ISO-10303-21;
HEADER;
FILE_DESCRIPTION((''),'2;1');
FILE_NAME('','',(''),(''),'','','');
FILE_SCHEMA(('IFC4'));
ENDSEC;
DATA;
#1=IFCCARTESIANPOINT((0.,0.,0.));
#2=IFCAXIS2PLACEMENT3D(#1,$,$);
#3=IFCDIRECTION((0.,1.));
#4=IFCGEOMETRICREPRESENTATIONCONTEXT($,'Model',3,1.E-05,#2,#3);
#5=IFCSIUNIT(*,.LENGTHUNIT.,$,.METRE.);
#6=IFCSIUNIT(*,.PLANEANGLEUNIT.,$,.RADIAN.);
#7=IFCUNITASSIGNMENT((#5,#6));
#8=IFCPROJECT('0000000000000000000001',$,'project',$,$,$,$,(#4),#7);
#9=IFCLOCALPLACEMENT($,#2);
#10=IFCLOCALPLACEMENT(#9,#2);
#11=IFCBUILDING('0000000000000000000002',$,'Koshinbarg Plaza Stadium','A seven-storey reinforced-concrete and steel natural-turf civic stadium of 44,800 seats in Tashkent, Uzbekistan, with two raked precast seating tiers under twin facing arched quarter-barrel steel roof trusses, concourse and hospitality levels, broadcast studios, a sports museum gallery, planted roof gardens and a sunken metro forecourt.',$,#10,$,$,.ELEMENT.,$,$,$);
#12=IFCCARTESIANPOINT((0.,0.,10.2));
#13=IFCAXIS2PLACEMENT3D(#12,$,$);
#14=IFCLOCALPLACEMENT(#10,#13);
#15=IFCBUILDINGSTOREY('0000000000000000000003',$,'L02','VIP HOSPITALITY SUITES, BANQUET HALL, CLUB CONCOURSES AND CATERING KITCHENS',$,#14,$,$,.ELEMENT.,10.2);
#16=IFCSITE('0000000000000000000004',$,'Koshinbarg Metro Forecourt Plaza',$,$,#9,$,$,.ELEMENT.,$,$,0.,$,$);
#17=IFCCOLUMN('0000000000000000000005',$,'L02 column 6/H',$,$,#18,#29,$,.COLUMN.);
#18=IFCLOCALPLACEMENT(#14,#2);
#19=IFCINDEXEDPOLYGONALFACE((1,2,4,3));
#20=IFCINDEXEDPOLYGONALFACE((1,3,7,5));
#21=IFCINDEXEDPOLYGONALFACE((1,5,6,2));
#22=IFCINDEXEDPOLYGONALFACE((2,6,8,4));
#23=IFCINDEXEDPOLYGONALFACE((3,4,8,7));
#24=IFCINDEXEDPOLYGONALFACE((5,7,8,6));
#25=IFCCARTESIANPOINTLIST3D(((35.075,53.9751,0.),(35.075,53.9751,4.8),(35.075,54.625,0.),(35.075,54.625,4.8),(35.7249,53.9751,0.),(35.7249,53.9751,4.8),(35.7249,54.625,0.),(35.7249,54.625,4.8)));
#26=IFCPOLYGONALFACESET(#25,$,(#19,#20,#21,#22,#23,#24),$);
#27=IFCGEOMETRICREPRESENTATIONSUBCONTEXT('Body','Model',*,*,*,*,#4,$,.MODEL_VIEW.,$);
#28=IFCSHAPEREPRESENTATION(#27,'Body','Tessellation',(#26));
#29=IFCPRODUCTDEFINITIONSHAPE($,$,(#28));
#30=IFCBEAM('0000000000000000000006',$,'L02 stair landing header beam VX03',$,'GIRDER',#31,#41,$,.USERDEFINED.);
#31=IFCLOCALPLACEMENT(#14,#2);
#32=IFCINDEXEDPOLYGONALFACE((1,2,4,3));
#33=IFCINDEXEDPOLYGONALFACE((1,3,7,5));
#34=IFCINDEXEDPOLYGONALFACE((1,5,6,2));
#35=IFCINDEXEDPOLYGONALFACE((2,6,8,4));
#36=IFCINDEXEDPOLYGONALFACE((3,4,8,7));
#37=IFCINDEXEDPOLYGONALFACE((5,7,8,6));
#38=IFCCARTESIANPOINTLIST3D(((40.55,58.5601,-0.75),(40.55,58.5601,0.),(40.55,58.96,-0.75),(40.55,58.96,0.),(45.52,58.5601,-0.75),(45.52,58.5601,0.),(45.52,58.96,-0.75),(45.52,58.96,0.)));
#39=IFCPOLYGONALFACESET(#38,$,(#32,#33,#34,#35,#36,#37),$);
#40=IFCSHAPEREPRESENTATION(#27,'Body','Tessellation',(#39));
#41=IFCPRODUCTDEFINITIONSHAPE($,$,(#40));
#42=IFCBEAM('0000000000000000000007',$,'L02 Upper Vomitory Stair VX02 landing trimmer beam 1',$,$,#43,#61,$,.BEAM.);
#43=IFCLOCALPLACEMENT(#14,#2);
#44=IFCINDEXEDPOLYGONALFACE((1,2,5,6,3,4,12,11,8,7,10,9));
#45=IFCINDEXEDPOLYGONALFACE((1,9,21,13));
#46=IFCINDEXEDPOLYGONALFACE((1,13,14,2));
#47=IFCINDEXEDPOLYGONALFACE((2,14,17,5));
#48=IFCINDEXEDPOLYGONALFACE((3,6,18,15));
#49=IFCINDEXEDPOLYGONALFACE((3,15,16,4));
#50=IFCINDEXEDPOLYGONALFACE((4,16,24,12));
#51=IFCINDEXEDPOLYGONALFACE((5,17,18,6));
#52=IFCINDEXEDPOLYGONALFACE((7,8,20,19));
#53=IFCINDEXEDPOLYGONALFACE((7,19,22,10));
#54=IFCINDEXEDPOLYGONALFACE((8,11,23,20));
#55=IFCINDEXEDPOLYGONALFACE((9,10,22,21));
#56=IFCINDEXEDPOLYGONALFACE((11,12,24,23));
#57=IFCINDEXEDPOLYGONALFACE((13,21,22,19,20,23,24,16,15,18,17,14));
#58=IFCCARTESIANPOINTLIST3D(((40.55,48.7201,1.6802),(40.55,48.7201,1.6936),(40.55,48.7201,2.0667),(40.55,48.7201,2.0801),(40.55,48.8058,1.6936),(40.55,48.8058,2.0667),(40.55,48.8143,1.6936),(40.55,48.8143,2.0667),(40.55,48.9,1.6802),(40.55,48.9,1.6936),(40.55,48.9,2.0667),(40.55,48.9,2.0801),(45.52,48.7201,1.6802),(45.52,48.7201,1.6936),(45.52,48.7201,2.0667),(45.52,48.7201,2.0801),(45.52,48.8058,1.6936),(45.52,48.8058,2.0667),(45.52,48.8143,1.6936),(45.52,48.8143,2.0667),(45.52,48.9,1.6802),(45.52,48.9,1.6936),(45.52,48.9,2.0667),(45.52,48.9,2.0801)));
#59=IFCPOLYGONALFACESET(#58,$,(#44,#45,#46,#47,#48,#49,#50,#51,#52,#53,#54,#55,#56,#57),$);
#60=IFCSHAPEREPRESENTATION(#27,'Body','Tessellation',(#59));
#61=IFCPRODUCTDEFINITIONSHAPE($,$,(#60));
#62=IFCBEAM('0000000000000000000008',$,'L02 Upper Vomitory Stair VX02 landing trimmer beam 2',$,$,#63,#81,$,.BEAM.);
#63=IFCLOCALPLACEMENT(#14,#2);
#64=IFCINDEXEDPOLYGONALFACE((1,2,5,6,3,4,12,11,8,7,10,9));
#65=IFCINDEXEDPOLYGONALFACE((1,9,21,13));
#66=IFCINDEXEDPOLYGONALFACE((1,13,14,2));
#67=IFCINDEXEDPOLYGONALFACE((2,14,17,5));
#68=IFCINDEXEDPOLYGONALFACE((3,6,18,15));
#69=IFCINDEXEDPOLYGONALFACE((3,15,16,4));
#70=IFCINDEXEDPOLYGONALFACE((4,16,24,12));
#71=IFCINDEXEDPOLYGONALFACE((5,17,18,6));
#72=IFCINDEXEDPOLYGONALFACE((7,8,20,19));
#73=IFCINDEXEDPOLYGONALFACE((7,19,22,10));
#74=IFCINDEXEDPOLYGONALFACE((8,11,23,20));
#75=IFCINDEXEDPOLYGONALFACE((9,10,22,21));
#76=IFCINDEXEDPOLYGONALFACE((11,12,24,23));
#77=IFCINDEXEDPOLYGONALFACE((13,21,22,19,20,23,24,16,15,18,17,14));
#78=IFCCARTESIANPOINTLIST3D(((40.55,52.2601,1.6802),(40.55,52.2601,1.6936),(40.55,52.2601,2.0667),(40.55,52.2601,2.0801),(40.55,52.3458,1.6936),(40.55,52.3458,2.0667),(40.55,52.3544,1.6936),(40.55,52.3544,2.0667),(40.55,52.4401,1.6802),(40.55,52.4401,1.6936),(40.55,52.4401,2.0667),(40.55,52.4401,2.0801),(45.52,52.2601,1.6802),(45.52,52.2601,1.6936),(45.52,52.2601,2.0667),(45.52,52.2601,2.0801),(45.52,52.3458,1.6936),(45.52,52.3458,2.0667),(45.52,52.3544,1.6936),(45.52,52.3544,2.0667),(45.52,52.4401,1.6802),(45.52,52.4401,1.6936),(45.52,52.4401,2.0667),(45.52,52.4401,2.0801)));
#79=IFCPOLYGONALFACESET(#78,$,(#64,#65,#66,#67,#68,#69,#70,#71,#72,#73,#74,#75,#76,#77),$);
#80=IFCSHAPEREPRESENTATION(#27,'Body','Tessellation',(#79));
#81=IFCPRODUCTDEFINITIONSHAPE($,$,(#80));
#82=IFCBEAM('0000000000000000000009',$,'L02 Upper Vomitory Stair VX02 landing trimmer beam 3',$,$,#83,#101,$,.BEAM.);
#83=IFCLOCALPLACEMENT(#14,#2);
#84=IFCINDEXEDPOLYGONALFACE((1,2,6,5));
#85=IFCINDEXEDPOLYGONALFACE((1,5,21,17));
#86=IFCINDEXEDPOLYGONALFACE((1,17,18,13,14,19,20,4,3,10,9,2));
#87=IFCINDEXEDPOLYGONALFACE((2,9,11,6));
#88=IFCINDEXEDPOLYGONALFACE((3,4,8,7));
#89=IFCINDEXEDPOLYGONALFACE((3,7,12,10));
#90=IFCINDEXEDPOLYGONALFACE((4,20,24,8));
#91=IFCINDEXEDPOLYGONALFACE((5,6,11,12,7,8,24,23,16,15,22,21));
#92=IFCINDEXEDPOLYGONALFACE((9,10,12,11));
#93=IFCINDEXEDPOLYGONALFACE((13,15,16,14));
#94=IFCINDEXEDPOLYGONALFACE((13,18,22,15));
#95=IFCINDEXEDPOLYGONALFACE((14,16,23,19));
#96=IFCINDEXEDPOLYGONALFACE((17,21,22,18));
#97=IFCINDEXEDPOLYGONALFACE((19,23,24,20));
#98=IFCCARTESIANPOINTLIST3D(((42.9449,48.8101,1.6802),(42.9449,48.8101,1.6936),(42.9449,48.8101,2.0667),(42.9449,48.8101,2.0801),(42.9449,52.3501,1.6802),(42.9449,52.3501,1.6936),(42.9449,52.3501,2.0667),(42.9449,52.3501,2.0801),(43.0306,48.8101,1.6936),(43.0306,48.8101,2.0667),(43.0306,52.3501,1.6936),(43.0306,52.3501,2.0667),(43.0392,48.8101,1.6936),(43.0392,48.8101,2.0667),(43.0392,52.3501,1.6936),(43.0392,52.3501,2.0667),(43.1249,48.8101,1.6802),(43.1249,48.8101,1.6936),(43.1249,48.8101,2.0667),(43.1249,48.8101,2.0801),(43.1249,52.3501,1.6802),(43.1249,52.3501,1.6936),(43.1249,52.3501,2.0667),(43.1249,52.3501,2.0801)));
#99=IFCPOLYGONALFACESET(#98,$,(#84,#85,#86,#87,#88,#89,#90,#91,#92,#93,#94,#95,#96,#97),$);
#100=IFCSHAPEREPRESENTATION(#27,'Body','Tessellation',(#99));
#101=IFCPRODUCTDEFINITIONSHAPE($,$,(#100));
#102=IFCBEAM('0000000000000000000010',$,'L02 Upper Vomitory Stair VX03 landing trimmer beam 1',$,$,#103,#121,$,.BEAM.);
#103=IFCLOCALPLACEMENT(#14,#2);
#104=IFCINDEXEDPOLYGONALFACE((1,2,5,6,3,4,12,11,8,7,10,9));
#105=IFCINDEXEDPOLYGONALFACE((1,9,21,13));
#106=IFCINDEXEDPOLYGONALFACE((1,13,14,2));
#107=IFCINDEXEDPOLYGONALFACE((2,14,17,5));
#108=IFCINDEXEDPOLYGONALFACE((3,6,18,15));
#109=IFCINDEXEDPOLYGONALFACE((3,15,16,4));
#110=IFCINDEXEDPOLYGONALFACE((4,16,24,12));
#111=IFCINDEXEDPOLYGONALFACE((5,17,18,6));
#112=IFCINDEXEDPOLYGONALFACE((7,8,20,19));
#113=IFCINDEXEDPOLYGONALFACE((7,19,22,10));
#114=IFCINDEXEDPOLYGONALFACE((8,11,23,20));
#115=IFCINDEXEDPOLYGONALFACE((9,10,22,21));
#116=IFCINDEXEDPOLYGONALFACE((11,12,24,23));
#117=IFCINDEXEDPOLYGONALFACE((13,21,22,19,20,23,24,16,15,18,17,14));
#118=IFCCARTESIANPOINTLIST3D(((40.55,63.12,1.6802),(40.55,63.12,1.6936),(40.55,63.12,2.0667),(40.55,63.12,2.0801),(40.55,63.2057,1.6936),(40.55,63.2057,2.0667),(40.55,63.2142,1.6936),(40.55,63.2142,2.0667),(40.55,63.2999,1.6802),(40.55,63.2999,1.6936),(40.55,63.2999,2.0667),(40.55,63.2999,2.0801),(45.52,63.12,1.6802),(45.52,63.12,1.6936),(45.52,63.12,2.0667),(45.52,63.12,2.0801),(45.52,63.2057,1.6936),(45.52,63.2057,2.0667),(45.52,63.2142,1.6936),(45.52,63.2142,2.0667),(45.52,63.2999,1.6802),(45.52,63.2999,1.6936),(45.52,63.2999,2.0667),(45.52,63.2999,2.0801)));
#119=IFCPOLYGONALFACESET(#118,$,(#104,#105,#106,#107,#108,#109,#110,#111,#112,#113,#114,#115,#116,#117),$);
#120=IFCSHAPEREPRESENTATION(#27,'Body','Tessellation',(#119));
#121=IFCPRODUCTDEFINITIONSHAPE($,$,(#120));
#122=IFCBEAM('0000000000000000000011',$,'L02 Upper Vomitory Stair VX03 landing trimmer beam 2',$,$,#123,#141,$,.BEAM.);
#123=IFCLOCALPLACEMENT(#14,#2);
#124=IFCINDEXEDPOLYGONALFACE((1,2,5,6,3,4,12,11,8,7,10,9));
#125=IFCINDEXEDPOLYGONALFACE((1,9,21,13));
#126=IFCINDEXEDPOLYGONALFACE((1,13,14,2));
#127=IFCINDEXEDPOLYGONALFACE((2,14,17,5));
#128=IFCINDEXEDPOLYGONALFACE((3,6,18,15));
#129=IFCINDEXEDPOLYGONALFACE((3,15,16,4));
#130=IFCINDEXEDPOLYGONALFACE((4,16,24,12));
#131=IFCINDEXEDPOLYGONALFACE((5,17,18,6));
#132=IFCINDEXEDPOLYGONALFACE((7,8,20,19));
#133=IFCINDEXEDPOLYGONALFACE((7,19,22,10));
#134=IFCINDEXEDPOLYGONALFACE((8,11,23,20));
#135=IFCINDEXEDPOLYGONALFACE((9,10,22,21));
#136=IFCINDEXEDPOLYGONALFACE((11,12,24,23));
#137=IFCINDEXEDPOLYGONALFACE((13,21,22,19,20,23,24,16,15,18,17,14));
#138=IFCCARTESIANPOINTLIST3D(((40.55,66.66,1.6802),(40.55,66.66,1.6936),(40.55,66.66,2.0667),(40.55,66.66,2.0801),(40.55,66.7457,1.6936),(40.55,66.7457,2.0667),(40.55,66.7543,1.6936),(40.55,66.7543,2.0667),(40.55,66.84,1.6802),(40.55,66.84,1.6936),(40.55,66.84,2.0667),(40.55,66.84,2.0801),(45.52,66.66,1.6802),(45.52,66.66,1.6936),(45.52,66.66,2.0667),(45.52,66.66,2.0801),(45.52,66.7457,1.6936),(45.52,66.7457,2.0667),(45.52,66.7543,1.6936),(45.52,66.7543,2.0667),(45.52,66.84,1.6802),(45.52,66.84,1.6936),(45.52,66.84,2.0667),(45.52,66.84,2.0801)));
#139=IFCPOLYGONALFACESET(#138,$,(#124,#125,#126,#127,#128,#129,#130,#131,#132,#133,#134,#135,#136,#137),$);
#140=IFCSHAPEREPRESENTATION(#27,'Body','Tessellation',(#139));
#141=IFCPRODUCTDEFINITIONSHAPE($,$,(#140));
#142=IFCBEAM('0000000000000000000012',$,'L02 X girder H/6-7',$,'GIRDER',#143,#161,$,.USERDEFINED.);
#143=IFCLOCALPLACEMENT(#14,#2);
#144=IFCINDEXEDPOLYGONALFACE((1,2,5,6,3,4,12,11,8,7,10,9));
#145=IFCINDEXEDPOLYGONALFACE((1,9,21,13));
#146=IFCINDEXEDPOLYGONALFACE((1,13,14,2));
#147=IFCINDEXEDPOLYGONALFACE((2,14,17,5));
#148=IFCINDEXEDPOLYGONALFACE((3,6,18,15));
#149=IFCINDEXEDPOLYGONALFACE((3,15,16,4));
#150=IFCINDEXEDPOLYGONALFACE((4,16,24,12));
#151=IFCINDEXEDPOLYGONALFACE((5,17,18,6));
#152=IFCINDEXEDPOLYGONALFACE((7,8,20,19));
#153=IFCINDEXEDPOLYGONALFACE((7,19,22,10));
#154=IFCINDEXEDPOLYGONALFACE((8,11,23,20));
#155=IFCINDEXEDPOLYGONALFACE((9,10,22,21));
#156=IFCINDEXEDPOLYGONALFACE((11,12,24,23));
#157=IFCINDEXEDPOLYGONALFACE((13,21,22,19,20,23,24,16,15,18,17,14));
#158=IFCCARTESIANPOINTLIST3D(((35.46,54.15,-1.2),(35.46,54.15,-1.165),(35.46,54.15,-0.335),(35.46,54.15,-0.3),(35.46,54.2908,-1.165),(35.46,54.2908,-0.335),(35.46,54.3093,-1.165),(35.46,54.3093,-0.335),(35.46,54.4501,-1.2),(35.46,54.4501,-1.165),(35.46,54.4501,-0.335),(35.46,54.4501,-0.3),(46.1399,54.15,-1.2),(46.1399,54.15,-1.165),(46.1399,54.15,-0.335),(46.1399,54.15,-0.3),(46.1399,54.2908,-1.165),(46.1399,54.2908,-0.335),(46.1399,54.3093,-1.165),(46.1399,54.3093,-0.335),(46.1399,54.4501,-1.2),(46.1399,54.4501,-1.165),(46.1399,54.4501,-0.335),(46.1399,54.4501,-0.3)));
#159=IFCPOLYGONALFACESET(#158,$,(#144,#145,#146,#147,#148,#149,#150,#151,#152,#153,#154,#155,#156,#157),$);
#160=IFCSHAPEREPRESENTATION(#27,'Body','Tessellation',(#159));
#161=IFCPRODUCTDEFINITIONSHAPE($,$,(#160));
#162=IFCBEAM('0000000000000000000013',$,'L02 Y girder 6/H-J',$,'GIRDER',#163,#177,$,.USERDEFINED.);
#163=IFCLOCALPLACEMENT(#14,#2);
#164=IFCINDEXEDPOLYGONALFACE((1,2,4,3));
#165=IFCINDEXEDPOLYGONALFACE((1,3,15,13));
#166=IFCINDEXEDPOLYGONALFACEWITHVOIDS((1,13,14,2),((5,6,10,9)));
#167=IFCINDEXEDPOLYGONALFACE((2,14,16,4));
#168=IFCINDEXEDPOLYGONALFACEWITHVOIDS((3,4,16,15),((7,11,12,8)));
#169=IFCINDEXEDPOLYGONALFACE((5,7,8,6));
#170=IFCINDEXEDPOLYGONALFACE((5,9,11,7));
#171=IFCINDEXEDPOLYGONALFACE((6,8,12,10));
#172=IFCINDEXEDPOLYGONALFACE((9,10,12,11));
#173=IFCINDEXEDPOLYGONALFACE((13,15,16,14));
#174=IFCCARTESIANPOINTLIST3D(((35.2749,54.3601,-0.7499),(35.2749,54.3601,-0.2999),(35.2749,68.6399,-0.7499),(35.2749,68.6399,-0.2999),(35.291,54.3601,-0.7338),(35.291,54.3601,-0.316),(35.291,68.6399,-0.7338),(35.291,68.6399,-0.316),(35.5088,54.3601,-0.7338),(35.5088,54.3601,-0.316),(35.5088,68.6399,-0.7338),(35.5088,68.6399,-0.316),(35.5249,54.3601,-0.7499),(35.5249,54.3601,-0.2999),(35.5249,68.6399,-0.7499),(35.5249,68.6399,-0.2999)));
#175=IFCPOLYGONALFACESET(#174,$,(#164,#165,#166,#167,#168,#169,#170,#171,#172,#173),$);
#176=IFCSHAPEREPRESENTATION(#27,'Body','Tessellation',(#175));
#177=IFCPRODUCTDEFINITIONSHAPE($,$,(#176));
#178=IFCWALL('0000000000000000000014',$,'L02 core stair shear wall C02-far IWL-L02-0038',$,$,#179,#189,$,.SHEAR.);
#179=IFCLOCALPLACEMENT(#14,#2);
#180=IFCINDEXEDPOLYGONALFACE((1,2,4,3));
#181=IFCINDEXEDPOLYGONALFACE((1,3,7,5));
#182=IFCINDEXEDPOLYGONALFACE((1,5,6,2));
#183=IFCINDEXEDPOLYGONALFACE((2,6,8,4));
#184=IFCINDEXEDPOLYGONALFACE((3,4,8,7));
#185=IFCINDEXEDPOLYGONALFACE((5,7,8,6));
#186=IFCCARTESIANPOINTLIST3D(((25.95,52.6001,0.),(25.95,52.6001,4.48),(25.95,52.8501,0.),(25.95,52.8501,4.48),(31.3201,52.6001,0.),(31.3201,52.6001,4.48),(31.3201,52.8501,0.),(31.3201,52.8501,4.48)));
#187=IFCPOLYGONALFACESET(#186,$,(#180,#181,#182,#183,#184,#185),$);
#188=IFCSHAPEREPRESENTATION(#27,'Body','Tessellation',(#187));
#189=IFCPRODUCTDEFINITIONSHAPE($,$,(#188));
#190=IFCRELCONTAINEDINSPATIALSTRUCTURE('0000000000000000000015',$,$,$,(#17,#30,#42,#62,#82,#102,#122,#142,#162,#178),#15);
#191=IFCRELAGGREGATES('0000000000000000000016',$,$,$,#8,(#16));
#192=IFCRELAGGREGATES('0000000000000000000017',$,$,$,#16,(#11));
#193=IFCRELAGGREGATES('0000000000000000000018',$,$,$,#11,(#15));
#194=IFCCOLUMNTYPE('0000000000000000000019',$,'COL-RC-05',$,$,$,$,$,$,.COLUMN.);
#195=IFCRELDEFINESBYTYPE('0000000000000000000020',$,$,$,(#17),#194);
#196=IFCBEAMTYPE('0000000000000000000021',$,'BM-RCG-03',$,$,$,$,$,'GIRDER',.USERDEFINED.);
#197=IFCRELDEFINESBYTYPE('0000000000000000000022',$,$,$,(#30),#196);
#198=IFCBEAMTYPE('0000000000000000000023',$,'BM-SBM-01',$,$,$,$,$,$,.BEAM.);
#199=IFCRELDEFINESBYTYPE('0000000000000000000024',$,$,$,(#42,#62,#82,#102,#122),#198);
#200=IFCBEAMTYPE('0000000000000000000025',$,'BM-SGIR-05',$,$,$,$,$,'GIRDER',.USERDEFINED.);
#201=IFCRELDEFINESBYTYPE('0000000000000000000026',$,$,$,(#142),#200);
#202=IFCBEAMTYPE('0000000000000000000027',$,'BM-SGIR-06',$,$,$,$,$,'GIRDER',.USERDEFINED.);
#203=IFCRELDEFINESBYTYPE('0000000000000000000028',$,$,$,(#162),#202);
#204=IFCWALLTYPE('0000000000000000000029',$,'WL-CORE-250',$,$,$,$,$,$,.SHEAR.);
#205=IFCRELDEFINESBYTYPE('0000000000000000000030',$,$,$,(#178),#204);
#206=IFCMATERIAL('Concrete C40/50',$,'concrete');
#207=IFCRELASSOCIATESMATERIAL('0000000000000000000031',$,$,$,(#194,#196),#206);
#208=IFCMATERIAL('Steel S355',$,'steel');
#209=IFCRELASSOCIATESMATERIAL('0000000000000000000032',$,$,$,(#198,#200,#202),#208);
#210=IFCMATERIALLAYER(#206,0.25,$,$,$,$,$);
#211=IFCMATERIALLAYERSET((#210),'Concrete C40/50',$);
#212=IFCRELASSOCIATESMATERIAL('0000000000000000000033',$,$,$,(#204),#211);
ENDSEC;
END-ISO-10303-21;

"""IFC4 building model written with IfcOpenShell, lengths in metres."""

from ifc_helpers import new_model, si_unit, direction, frame, frame_2d, origin, origin_2d, place, context, subcontext, project, spatial, rectangle, hollow_rectangle, i_section, extrude, material, layer, layer_set, material_profile, profile_set, type_object, element, save


model = new_model("IFC4")

# Units and contexts
model_context = context("Model", 3, precision=1e-05, world=origin(), true_north=direction((0.0, 1.0)))
body_context = subcontext(model_context, "Body", "Model", "MODEL_VIEW")
ifc_project = project(units=[si_unit("LENGTHUNIT", "METRE"), si_unit("PLANEANGLEUNIT", "RADIAN")], contexts=[model_context])

# Site, building, storey
site_placement = place(None, origin())
site = spatial("IfcSite", under=ifc_project, at=site_placement, Name="Koshinbarg Metro Forecourt Plaza", CompositionType="ELEMENT", RefElevation=0.0)
building_placement = place(site_placement, origin())
building = spatial("IfcBuilding", under=site, at=building_placement, Name="Koshinbarg Plaza Stadium", Description="A seven-storey reinforced-concrete and steel natural-turf civic stadium of 44,800 seats in Tashkent, Uzbekistan, with two raked precast seating tiers under twin facing arched quarter-barrel steel roof trusses, concourse and hospitality levels, broadcast studios, a sports museum gallery, planted roof gardens and a sunken metro forecourt.", CompositionType="ELEMENT")
storey_placement = place(building_placement, frame((0.0, 0.0, 10.2)))
storey = spatial("IfcBuildingStorey", under=building, at=storey_placement, Name="L02", Description="VIP HOSPITALITY SUITES, BANQUET HALL, CLUB CONCOURSES AND CATERING KITCHENS", CompositionType="ELEMENT", Elevation=10.2)

# Column
ifc_material_1 = material(Name="Concrete C40/50", Category="concrete")
ifc_material_profile_1 = material_profile(ifc_material_1, rectangle(XDim=0.6499, YDim=0.6499, at=origin_2d()), Name="RC 650x650")
ifc_profile_set_1 = profile_set([ifc_material_profile_1], Name="Concrete C40/50")
column_type = type_object("IfcColumnType", Name="COL-RC-05", PredefinedType="COLUMN", material=ifc_profile_set_1)
column_placement = place(storey_placement, frame((35.3999, 54.3, 0.0), z_axis=(0.0, 0.0, 1.0), x_axis=(1.0, 0.0, 0.0)))
element("IfcColumn", 1, at=column_placement, inside=storey, type_object=column_type, Name="L02 column 6/H", PredefinedType="COLUMN", context=body_context, shape_type="SweptSolid", body=[
    extrude(rectangle(XDim=0.6499, YDim=0.6499, at=origin_2d()), origin(), (0.0, 0.0, 1.0), 4.8),
])

# Beams
ifc_material_profile_2 = material_profile(ifc_material_1, rectangle(XDim=0.3999, YDim=0.75, at=origin_2d()), Name="RC 400x750")
ifc_profile_set_2 = profile_set([ifc_material_profile_2], Name="Concrete C40/50")
beam_type_1 = type_object("IfcBeamType", Name="BM-RCG-03", ElementType="GIRDER", PredefinedType="USERDEFINED", material=ifc_profile_set_2)
beam_1_placement = place(storey_placement, frame((40.55, 58.76, -0.375), z_axis=(1.0, 0.0, 0.0), x_axis=(0.0, 1.0, 0.0)))
element("IfcBeam", 2, at=beam_1_placement, inside=storey, type_object=beam_type_1, Name="L02 stair landing header beam VX03", ObjectType="GIRDER", PredefinedType="USERDEFINED", context=body_context, shape_type="SweptSolid", body=[
    extrude(rectangle(XDim=0.3999, YDim=0.75, at=origin_2d()), origin(), (0.0, 0.0, 1.0), 4.97),
])
ifc_material_2 = material(Name="Steel S355", Category="steel")
ifc_material_profile_3 = material_profile(ifc_material_2, i_section(OverallWidth=0.1799, OverallDepth=0.3999, WebThickness=0.0085, FlangeThickness=0.0134, at=origin_2d()), Name="IPE 400")
ifc_profile_set_3 = profile_set([ifc_material_profile_3], Name="Steel S355")
beam_type_2 = type_object("IfcBeamType", Name="BM-SBM-01", PredefinedType="BEAM", material=ifc_profile_set_3)
for number, where, z_axis, x_axis, name in (
    (3, (40.55, 48.8101, 1.8801), (1.0, 0.0, 0.0), (0.0, 1.0, 0.0), "L02 Upper Vomitory Stair VX02 landing trimmer beam 1"),
    (4, (40.55, 52.3501, 1.8801), (1.0, 0.0, 0.0), (0.0, 1.0, 0.0), "L02 Upper Vomitory Stair VX02 landing trimmer beam 2"),
):
    element("IfcBeam", number, at=place(storey_placement, frame(where, z_axis=z_axis, x_axis=x_axis)), inside=storey, type_object=beam_type_2, Name=name, PredefinedType="BEAM", context=body_context, shape_type="SweptSolid", body=[
        extrude(i_section(OverallWidth=0.1799, OverallDepth=0.3999, WebThickness=0.0085, FlangeThickness=0.0134, at=origin_2d()), origin(), (0.0, 0.0, 1.0), 4.97),
    ])
beam_2_placement = place(storey_placement, frame((43.0349, 48.8101, 1.8801), z_axis=(0.0, 1.0, 0.0), x_axis=(-1.0, 0.0, 0.0)))
element("IfcBeam", 5, at=beam_2_placement, inside=storey, type_object=beam_type_2, Name="L02 Upper Vomitory Stair VX02 landing trimmer beam 3", PredefinedType="BEAM", context=body_context, shape_type="SweptSolid", body=[
    extrude(i_section(OverallWidth=0.1799, OverallDepth=0.3999, WebThickness=0.0085, FlangeThickness=0.0134, at=origin_2d()), origin(), (0.0, 0.0, 1.0), 3.54),
])
for number, where, z_axis, x_axis, name in (
    (6, (40.55, 63.21, 1.8801), (1.0, 0.0, 0.0), (0.0, 1.0, 0.0), "L02 Upper Vomitory Stair VX03 landing trimmer beam 1"),
    (7, (40.55, 66.75, 1.8801), (1.0, 0.0, 0.0), (0.0, 1.0, 0.0), "L02 Upper Vomitory Stair VX03 landing trimmer beam 2"),
):
    element("IfcBeam", number, at=place(storey_placement, frame(where, z_axis=z_axis, x_axis=x_axis)), inside=storey, type_object=beam_type_2, Name=name, PredefinedType="BEAM", context=body_context, shape_type="SweptSolid", body=[
        extrude(i_section(OverallWidth=0.1799, OverallDepth=0.3999, WebThickness=0.0085, FlangeThickness=0.0134, at=origin_2d()), origin(), (0.0, 0.0, 1.0), 4.97),
    ])
ifc_material_profile_4 = material_profile(ifc_material_2, i_section(OverallWidth=0.3, OverallDepth=0.8999, WebThickness=0.0186, FlangeThickness=0.0349, at=origin_2d()), Name="HEB 900")
ifc_profile_set_4 = profile_set([ifc_material_profile_4], Name="Steel S355")
beam_type_3 = type_object("IfcBeamType", Name="BM-SGIR-05", ElementType="GIRDER", PredefinedType="USERDEFINED", material=ifc_profile_set_4)
beam_3_placement = place(storey_placement, frame((35.46, 54.3, -0.75), z_axis=(1.0, 0.0, 0.0), x_axis=(0.0, 1.0, 0.0)))
element("IfcBeam", 8, at=beam_3_placement, inside=storey, type_object=beam_type_3, Name="L02 X girder H/6-7", ObjectType="GIRDER", PredefinedType="USERDEFINED", context=body_context, shape_type="SweptSolid", body=[
    extrude(i_section(OverallWidth=0.3, OverallDepth=0.8999, WebThickness=0.0186, FlangeThickness=0.0349, at=origin_2d()), origin(), (0.0, 0.0, 1.0), 10.6799),
])
ifc_material_profile_5 = material_profile(ifc_material_2, hollow_rectangle(XDim=0.25, YDim=0.45, WallThickness=0.0161, at=origin_2d()), Name="RHS 450x250x16")
ifc_profile_set_5 = profile_set([ifc_material_profile_5], Name="Steel S355")
beam_type_4 = type_object("IfcBeamType", Name="BM-SGIR-06", ElementType="GIRDER", PredefinedType="USERDEFINED", material=ifc_profile_set_5)
beam_4_placement = place(storey_placement, frame((35.3999, 54.3601, -0.5249), z_axis=(0.0, 1.0, 0.0), x_axis=(-1.0, 0.0, 0.0)))
element("IfcBeam", 9, at=beam_4_placement, inside=storey, type_object=beam_type_4, Name="L02 Y girder 6/H-J", ObjectType="GIRDER", PredefinedType="USERDEFINED", context=body_context, shape_type="SweptSolid", body=[
    extrude(hollow_rectangle(XDim=0.25, YDim=0.45, WallThickness=0.0161, at=origin_2d()), origin(), (0.0, 0.0, 1.0), 14.2798),
])

# Wall
ifc_layer_1 = layer(ifc_material_1, 0.25)
ifc_layer_set_1 = layer_set([ifc_layer_1], Name="Concrete C40/50")
wall_type_1 = type_object("IfcWallType", Name="WL-CORE-250", PredefinedType="SHEAR", material=ifc_layer_set_1)
wall_1_placement = place(storey_placement, frame((31.3201, 52.7251, 0.0), z_axis=(0.0, 0.0, 1.0), x_axis=(-1.0, 0.0, 0.0)))
element("IfcWall", 10, at=wall_1_placement, inside=storey, type_object=wall_type_1, Name="L02 core stair shear wall C02-far IWL-L02-0038", PredefinedType="SHEAR", context=body_context, shape_type="SweptSolid", body=[
    extrude(rectangle(XDim=5.3701, YDim=0.25, at=frame_2d((2.6851, 0.0))), origin(), (0.0, 0.0, 1.0), 4.48),
])

save(model, "model.ifc")
